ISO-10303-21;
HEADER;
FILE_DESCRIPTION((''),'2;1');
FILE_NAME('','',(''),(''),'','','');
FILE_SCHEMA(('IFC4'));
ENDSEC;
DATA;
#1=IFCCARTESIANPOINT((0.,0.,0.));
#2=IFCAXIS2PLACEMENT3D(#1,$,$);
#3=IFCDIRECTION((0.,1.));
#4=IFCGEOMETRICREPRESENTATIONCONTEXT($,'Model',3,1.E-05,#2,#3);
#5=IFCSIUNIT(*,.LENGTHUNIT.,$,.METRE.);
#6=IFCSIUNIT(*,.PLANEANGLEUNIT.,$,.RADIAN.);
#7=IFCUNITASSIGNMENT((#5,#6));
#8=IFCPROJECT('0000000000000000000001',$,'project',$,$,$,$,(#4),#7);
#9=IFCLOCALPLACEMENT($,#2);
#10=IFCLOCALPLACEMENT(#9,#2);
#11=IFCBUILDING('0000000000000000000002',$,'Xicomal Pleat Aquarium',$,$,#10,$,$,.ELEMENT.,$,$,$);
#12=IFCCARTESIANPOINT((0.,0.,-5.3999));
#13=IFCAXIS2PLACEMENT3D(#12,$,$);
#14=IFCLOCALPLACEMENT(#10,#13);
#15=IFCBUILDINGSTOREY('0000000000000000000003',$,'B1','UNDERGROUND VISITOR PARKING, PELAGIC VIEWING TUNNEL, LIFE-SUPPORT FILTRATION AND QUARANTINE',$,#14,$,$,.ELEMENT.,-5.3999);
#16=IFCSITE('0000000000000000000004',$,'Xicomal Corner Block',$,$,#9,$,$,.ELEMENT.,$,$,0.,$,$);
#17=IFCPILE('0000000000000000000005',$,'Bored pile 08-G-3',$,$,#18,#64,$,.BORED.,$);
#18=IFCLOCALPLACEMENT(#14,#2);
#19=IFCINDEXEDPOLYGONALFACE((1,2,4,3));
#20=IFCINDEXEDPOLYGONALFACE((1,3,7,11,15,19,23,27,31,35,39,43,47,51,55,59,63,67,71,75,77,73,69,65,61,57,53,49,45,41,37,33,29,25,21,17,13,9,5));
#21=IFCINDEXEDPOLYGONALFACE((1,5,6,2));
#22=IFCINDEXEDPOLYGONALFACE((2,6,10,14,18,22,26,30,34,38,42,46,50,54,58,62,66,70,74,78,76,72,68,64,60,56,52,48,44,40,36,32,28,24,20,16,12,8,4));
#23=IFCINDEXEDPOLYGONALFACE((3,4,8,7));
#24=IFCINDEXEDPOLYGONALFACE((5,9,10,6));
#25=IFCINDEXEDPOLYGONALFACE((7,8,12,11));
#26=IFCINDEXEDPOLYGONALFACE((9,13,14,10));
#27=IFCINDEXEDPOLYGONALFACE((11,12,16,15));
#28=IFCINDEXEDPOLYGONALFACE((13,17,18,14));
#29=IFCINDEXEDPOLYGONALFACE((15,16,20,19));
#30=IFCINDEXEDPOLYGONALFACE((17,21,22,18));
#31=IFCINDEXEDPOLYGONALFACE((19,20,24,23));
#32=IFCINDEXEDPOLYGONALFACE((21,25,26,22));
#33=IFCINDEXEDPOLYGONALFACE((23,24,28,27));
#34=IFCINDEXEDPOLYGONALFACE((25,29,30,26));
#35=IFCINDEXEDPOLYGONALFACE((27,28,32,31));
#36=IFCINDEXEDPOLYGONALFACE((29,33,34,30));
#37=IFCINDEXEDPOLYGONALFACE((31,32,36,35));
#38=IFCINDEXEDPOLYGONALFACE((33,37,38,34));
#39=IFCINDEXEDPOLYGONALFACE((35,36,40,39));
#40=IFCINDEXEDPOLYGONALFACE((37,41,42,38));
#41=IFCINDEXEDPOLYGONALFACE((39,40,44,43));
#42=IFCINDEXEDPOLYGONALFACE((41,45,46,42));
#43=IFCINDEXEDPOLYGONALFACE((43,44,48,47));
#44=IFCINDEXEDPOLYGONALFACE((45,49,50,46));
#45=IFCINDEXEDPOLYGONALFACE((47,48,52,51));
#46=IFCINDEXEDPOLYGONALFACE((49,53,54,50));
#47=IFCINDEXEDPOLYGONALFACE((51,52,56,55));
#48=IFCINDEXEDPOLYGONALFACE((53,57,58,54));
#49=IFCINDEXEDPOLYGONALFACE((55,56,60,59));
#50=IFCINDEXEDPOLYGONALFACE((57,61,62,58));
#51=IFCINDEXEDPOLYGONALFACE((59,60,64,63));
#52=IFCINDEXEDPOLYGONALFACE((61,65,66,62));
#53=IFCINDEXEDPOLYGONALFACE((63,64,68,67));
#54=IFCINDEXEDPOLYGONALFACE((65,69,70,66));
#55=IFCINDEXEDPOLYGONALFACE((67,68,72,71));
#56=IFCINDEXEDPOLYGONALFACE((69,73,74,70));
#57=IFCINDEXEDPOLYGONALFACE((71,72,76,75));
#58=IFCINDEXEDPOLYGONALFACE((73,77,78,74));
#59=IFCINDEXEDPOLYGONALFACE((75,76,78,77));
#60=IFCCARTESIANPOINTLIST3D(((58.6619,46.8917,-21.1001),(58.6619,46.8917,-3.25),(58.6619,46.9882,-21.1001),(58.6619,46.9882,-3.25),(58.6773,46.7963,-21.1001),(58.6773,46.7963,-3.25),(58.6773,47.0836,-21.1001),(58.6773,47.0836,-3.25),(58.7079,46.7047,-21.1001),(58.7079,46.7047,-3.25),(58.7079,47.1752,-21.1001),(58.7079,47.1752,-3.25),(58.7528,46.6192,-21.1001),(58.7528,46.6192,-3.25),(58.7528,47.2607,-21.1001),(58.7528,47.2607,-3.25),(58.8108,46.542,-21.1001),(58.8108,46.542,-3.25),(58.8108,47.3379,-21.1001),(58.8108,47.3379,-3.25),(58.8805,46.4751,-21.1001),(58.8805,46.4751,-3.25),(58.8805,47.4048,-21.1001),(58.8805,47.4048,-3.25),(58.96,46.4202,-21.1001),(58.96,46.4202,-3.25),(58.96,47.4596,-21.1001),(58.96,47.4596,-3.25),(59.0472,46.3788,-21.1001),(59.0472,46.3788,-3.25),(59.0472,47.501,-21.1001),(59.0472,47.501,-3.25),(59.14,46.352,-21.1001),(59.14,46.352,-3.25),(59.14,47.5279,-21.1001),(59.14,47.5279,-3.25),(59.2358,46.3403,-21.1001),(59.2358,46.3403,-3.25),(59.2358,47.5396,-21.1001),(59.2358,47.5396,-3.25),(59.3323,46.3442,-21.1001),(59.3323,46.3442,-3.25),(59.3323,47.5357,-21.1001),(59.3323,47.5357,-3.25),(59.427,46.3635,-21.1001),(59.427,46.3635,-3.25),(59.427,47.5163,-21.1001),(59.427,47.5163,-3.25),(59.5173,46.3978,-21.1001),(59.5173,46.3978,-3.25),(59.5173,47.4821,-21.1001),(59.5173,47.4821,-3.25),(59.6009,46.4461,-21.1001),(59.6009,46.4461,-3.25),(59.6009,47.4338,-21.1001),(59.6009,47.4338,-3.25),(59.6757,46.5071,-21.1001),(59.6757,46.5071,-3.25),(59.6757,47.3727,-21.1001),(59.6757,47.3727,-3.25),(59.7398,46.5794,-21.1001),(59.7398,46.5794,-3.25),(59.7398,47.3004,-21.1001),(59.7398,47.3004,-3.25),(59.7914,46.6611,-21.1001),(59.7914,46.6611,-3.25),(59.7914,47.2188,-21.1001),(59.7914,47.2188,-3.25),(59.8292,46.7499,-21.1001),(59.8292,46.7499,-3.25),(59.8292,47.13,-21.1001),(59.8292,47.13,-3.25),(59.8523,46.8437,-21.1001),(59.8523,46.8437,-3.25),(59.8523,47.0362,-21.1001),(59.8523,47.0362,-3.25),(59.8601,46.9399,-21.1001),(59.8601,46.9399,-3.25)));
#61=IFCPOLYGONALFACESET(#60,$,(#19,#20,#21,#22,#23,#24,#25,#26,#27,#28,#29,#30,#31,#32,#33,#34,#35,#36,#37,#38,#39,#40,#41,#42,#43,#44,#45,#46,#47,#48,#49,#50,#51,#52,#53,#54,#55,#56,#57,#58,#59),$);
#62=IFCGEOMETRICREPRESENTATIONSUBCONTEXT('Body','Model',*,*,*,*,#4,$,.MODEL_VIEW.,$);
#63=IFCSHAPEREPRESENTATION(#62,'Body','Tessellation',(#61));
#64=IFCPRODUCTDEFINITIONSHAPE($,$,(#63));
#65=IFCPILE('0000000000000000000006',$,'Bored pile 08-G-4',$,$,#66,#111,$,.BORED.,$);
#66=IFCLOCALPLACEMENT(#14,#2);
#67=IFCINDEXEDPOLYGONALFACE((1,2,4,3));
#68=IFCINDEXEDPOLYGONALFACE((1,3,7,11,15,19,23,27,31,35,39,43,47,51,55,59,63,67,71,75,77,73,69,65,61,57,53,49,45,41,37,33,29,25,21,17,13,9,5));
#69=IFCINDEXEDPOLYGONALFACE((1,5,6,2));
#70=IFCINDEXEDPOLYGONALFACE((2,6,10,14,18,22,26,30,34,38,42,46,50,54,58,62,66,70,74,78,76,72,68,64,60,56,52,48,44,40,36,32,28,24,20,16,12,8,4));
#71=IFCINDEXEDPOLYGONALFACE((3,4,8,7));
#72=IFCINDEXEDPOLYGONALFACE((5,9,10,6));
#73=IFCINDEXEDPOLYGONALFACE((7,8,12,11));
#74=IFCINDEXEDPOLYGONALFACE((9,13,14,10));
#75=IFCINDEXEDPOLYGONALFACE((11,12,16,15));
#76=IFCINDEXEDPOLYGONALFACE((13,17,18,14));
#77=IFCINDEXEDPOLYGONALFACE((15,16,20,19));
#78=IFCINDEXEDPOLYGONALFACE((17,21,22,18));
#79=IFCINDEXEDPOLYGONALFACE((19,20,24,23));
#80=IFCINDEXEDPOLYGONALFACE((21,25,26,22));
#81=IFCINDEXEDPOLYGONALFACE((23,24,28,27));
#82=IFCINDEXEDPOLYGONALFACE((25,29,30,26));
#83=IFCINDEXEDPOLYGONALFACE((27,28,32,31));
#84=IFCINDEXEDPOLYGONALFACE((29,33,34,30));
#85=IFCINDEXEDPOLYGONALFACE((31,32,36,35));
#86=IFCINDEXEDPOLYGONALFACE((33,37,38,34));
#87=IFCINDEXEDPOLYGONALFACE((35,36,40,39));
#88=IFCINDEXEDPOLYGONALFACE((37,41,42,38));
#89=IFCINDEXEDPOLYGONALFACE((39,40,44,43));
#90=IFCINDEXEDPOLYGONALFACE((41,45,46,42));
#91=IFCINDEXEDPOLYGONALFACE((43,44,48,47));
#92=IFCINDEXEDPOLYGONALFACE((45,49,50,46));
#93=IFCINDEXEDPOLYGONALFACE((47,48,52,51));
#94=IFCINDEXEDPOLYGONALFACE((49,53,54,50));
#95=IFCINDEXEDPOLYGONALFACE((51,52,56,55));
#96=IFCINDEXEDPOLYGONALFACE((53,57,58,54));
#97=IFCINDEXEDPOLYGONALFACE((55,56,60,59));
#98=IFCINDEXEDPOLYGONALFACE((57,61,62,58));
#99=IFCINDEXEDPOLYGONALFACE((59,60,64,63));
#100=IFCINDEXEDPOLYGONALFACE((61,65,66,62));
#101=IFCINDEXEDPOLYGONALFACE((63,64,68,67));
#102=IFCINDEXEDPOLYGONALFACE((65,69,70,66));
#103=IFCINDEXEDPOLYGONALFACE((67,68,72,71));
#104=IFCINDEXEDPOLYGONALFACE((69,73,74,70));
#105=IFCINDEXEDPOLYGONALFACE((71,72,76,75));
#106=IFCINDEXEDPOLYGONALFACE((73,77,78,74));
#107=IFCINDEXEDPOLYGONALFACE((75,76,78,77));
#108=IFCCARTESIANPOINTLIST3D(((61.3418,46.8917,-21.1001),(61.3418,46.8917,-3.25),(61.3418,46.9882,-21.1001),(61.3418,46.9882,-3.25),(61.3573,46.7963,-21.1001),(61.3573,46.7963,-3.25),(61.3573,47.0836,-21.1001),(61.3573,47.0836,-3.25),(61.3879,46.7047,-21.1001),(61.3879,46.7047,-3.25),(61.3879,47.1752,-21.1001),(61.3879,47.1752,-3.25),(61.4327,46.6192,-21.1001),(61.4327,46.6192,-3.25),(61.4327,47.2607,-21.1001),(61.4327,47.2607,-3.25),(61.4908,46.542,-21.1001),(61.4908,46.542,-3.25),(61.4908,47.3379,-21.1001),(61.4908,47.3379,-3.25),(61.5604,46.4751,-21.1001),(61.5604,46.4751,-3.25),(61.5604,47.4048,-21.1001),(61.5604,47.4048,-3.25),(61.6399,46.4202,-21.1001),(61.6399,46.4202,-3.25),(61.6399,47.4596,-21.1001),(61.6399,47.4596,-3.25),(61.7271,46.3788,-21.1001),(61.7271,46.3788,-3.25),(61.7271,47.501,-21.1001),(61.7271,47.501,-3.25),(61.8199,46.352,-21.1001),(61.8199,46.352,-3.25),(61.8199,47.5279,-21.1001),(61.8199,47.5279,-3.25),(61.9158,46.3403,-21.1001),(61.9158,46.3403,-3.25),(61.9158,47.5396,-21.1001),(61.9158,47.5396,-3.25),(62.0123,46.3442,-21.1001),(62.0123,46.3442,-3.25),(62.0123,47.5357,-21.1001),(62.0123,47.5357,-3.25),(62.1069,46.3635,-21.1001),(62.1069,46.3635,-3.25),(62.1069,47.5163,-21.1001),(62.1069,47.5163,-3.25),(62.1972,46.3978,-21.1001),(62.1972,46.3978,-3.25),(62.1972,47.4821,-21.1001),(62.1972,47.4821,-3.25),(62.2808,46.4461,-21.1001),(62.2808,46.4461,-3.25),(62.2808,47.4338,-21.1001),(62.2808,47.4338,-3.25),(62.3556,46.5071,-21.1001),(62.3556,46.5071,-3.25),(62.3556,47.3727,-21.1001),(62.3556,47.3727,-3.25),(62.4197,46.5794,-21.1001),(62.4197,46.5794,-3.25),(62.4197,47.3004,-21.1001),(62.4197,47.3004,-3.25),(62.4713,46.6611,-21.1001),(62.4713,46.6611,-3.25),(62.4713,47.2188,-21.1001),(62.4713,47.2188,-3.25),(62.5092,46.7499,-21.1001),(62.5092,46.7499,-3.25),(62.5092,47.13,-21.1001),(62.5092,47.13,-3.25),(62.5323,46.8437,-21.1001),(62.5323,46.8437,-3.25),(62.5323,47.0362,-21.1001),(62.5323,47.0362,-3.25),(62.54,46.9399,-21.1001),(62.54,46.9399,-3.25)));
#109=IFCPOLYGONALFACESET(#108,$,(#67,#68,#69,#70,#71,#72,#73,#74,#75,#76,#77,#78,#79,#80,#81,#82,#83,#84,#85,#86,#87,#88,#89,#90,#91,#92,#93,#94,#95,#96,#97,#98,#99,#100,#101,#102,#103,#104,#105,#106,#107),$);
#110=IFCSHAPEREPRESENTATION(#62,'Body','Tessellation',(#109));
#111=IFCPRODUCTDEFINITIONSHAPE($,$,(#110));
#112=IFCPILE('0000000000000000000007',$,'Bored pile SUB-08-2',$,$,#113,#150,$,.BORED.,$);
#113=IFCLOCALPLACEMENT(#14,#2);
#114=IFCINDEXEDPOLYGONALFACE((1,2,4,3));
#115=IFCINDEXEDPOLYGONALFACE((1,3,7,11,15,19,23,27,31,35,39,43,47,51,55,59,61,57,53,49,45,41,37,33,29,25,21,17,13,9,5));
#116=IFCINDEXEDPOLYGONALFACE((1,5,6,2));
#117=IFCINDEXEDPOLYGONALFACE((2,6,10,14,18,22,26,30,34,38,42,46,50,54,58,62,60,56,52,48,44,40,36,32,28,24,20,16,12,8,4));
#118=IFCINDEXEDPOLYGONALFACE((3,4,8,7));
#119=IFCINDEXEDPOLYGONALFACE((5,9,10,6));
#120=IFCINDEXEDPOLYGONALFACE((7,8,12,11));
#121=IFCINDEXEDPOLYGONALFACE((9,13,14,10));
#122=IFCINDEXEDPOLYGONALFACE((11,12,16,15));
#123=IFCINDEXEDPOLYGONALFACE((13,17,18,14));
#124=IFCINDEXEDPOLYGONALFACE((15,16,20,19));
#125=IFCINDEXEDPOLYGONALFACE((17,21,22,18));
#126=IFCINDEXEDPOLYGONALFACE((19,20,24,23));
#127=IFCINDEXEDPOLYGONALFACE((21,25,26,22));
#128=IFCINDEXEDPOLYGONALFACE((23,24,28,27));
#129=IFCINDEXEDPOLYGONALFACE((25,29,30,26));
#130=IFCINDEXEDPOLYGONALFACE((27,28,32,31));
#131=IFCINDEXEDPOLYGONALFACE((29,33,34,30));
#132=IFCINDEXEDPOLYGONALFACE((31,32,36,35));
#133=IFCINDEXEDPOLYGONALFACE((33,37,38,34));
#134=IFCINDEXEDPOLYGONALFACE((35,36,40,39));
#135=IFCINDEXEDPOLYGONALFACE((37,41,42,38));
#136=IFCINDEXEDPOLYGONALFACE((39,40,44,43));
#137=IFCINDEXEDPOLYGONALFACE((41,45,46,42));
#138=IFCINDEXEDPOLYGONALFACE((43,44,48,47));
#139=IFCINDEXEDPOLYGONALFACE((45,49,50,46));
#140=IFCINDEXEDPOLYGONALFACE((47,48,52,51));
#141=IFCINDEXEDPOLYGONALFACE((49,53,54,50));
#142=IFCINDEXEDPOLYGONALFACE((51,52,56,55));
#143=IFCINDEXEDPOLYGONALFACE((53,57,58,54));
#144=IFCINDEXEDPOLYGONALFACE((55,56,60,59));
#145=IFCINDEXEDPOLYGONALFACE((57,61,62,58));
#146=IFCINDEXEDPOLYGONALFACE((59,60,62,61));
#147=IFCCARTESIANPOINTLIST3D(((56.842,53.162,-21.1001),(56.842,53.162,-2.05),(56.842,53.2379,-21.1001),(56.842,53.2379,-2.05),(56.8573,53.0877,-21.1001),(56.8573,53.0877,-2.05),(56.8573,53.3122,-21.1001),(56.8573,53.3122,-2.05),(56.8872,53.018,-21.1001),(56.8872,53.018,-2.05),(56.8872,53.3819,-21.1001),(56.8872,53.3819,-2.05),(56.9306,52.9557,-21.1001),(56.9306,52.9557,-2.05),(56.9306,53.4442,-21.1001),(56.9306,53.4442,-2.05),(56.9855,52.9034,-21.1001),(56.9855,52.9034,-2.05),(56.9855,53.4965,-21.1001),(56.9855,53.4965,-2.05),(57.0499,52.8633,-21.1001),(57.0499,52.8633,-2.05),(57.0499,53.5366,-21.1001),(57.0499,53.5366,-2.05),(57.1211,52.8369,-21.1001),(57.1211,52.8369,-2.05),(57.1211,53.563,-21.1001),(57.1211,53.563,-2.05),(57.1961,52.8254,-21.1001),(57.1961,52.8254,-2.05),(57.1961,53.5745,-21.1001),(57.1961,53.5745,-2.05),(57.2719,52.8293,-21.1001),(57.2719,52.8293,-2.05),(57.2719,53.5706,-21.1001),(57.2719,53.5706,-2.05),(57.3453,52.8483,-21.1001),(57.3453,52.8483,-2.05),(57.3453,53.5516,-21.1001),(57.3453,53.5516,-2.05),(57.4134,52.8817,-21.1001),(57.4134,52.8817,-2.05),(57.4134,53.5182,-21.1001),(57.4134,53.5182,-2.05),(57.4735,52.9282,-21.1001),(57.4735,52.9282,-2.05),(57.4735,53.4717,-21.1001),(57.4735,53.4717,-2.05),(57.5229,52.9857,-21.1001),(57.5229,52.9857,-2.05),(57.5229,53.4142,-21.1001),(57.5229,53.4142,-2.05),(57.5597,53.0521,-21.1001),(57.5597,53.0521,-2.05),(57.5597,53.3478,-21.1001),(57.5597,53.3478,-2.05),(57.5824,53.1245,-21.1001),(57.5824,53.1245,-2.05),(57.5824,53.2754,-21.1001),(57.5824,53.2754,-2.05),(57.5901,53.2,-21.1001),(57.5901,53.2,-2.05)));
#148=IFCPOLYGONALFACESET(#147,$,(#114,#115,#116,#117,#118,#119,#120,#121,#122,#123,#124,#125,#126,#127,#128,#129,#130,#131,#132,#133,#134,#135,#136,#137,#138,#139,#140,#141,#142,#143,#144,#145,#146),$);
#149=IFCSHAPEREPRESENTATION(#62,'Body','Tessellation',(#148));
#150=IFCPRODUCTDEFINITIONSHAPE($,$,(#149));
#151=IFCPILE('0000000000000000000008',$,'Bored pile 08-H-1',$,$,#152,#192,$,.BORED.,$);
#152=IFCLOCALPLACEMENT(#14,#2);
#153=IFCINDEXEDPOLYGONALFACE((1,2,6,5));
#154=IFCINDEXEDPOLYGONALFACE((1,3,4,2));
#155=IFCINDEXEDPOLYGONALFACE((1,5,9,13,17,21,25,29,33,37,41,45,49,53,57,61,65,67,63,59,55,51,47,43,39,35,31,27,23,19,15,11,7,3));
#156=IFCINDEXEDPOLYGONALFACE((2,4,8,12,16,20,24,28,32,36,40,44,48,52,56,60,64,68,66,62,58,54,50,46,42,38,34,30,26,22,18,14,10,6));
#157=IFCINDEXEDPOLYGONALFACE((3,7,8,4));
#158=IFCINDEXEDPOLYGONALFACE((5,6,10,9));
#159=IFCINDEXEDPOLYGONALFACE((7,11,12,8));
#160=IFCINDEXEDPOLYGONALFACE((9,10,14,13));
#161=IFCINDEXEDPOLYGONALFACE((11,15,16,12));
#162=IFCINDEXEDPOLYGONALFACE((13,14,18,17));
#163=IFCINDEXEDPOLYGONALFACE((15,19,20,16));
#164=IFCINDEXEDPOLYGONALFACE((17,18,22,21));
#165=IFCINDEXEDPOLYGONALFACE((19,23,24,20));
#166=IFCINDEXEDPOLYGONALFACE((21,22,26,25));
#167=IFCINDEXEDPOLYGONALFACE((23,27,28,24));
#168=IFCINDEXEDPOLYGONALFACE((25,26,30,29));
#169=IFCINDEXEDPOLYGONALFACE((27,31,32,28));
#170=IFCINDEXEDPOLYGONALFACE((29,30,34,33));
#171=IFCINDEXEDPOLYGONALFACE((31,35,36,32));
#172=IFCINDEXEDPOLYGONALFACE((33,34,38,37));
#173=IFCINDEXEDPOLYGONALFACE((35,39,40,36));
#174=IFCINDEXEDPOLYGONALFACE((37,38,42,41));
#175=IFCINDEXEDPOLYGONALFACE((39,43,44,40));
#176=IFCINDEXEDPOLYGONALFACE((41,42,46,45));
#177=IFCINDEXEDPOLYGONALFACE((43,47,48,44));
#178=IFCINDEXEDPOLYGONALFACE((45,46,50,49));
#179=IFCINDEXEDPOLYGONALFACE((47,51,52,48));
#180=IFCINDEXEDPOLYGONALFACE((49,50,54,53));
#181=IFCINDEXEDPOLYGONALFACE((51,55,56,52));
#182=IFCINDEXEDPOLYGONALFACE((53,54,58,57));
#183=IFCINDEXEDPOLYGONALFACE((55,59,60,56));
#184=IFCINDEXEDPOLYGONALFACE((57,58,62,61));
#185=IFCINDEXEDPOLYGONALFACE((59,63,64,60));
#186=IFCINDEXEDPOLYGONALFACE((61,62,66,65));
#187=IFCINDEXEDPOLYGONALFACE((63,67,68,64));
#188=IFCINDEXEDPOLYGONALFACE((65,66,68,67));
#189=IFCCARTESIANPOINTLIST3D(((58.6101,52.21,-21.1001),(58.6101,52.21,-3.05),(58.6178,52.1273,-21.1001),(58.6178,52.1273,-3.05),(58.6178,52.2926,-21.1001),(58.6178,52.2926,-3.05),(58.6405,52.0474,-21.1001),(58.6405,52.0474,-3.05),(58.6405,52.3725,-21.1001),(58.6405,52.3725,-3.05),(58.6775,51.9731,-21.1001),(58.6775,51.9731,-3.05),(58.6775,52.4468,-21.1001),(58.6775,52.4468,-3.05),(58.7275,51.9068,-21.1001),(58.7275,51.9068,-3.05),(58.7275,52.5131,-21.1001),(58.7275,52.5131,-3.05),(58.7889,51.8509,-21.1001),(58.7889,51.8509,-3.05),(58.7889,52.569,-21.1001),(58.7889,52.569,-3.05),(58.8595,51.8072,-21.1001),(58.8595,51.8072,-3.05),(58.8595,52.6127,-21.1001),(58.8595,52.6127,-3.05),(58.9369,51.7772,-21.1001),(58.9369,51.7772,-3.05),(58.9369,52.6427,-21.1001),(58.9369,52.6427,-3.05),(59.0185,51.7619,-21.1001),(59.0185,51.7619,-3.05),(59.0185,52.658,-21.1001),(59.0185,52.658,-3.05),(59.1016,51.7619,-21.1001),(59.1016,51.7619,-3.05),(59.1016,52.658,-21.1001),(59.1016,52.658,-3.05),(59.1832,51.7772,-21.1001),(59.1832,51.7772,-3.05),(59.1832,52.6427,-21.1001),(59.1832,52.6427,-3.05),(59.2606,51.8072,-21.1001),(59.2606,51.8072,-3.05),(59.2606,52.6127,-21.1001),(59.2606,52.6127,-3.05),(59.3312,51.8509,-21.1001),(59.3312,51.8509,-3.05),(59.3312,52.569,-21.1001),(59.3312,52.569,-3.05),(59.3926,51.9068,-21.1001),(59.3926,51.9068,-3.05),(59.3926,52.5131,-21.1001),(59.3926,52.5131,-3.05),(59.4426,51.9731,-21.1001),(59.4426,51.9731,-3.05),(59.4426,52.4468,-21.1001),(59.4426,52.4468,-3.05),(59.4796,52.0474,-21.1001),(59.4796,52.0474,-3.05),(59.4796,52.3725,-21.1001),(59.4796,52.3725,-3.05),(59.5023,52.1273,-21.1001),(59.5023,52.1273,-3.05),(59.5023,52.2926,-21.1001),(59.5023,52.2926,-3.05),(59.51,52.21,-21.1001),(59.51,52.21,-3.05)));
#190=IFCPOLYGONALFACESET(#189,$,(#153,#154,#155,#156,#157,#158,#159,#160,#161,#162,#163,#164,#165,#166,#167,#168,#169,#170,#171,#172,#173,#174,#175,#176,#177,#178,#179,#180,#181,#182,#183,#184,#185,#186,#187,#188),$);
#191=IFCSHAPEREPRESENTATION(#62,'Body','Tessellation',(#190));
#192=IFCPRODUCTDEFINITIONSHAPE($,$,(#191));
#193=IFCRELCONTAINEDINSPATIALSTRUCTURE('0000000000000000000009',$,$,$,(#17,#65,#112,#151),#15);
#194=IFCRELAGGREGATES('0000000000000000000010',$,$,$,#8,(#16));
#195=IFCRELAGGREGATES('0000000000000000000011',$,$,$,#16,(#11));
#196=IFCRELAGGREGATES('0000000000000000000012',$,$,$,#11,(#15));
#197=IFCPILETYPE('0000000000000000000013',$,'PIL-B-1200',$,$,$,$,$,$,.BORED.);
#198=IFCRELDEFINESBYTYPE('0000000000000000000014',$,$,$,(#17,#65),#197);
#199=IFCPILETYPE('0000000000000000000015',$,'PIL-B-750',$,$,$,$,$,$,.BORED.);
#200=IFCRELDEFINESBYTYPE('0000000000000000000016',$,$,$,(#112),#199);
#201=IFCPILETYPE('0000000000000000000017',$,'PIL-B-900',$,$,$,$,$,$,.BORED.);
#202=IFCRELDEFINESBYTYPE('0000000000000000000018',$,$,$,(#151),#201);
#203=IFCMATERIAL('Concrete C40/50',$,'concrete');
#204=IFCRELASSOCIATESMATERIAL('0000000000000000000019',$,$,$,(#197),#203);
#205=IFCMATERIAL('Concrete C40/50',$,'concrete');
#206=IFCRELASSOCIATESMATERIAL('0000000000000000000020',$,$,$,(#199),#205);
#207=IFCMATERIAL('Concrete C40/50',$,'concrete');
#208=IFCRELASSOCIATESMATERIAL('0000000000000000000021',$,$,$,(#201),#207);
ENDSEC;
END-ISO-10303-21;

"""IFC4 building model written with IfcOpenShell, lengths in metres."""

from ifc_helpers import new_model, si_unit, direction, frame, origin, origin_2d, place, context, subcontext, project, spatial, circle, extrude, material, material_profile, profile_set, type_object, element, save


model = new_model("IFC4")

# Units and contexts
model_context = context("Model", 3, precision=1e-05, world=origin(), true_north=direction((0.0, 1.0)))
body_context = subcontext(model_context, "Body", "Model", "MODEL_VIEW")
ifc_project = project(units=[si_unit("LENGTHUNIT", "METRE"), si_unit("PLANEANGLEUNIT", "RADIAN")], contexts=[model_context])

# Site, building, storey
site_placement = place(None, origin())
site = spatial("IfcSite", under=ifc_project, at=site_placement, Name="Xicomal Corner Block", CompositionType="ELEMENT", RefElevation=0.0)
building_placement = place(site_placement, origin())
building = spatial("IfcBuilding", under=site, at=building_placement, Name="Xicomal Pleat Aquarium", CompositionType="ELEMENT")
storey_placement = place(building_placement, frame((0.0, 0.0, -5.3999)))
storey = spatial("IfcBuildingStorey", under=building, at=storey_placement, Name="B1", Description="UNDERGROUND VISITOR PARKING, PELAGIC VIEWING TUNNEL, LIFE-SUPPORT FILTRATION AND QUARANTINE", CompositionType="ELEMENT", Elevation=-5.3999)

# Piles
ifc_material_1 = material(Name="Concrete C40/50", Category="concrete")
ifc_material_profile_1 = material_profile(ifc_material_1, circle(Radius=0.6001, at=origin_2d()), Name="BORED PILE D1200")
ifc_profile_set_1 = profile_set([ifc_material_profile_1], Name="Concrete C40/50")
pile_type_1 = type_object("IfcPileType", Name="PIL-B-1200", PredefinedType="BORED", material=ifc_profile_set_1)
for number, where, z_axis, x_axis, name in (
    (1, (59.26, 46.9399, -3.25), (0.0, 0.0, -1.0), (1.0, 0.0, 0.0), "Bored pile 08-G-3"),
    (2, (61.9399, 46.9399, -3.25), (0.0, 0.0, -1.0), (1.0, 0.0, 0.0), "Bored pile 08-G-4"),
):
    element("IfcPile", number, at=place(storey_placement, frame(where, z_axis=z_axis, x_axis=x_axis)), inside=storey, type_object=pile_type_1, Name=name, PredefinedType="BORED", context=body_context, shape_type="SweptSolid", body=[
        extrude(circle(Radius=0.6001, at=origin_2d()), origin(), (0.0, 0.0, 1.0), 17.8501),
    ])
ifc_material_2 = material(Name="Concrete C40/50", Category="concrete")
ifc_material_profile_2 = material_profile(ifc_material_2, circle(Radius=0.375, at=origin_2d()), Name="BORED PILE D750")
ifc_profile_set_2 = profile_set([ifc_material_profile_2], Name="Concrete C40/50")
pile_type_2 = type_object("IfcPileType", Name="PIL-B-750", PredefinedType="BORED", material=ifc_profile_set_2)
pile_placement = place(storey_placement, frame((57.2151, 53.2, -2.05), z_axis=(0.0, 0.0, -1.0), x_axis=(1.0, 0.0, 0.0)))
element("IfcPile", 3, at=pile_placement, inside=storey, type_object=pile_type_2, Name="Bored pile SUB-08-2", PredefinedType="BORED", context=body_context, shape_type="SweptSolid", body=[
    extrude(circle(Radius=0.375, at=origin_2d()), origin(), (0.0, 0.0, 1.0), 19.05),
])
ifc_material_3 = material(Name="Concrete C40/50", Category="concrete")
ifc_material_profile_3 = material_profile(ifc_material_3, circle(Radius=0.45, at=origin_2d()), Name="BORED PILE D900")
ifc_profile_set_3 = profile_set([ifc_material_profile_3], Name="Concrete C40/50")
pile_type_3 = type_object("IfcPileType", Name="PIL-B-900", PredefinedType="BORED", material=ifc_profile_set_3)
for number, where, z_axis, x_axis, name in (
    (4, (59.0601, 52.21, -3.05), (0.0, 0.0, -1.0), (1.0, 0.0, 0.0), "Bored pile 08-H-1"),
):
    element("IfcPile", number, at=place(storey_placement, frame(where, z_axis=z_axis, x_axis=x_axis)), inside=storey, type_object=pile_type_3, Name=name, PredefinedType="BORED", context=body_context, shape_type="SweptSolid", body=[
        extrude(circle(Radius=0.45, at=origin_2d()), origin(), (0.0, 0.0, 1.0), 18.05),
    ])

save(model, "model.ifc")
